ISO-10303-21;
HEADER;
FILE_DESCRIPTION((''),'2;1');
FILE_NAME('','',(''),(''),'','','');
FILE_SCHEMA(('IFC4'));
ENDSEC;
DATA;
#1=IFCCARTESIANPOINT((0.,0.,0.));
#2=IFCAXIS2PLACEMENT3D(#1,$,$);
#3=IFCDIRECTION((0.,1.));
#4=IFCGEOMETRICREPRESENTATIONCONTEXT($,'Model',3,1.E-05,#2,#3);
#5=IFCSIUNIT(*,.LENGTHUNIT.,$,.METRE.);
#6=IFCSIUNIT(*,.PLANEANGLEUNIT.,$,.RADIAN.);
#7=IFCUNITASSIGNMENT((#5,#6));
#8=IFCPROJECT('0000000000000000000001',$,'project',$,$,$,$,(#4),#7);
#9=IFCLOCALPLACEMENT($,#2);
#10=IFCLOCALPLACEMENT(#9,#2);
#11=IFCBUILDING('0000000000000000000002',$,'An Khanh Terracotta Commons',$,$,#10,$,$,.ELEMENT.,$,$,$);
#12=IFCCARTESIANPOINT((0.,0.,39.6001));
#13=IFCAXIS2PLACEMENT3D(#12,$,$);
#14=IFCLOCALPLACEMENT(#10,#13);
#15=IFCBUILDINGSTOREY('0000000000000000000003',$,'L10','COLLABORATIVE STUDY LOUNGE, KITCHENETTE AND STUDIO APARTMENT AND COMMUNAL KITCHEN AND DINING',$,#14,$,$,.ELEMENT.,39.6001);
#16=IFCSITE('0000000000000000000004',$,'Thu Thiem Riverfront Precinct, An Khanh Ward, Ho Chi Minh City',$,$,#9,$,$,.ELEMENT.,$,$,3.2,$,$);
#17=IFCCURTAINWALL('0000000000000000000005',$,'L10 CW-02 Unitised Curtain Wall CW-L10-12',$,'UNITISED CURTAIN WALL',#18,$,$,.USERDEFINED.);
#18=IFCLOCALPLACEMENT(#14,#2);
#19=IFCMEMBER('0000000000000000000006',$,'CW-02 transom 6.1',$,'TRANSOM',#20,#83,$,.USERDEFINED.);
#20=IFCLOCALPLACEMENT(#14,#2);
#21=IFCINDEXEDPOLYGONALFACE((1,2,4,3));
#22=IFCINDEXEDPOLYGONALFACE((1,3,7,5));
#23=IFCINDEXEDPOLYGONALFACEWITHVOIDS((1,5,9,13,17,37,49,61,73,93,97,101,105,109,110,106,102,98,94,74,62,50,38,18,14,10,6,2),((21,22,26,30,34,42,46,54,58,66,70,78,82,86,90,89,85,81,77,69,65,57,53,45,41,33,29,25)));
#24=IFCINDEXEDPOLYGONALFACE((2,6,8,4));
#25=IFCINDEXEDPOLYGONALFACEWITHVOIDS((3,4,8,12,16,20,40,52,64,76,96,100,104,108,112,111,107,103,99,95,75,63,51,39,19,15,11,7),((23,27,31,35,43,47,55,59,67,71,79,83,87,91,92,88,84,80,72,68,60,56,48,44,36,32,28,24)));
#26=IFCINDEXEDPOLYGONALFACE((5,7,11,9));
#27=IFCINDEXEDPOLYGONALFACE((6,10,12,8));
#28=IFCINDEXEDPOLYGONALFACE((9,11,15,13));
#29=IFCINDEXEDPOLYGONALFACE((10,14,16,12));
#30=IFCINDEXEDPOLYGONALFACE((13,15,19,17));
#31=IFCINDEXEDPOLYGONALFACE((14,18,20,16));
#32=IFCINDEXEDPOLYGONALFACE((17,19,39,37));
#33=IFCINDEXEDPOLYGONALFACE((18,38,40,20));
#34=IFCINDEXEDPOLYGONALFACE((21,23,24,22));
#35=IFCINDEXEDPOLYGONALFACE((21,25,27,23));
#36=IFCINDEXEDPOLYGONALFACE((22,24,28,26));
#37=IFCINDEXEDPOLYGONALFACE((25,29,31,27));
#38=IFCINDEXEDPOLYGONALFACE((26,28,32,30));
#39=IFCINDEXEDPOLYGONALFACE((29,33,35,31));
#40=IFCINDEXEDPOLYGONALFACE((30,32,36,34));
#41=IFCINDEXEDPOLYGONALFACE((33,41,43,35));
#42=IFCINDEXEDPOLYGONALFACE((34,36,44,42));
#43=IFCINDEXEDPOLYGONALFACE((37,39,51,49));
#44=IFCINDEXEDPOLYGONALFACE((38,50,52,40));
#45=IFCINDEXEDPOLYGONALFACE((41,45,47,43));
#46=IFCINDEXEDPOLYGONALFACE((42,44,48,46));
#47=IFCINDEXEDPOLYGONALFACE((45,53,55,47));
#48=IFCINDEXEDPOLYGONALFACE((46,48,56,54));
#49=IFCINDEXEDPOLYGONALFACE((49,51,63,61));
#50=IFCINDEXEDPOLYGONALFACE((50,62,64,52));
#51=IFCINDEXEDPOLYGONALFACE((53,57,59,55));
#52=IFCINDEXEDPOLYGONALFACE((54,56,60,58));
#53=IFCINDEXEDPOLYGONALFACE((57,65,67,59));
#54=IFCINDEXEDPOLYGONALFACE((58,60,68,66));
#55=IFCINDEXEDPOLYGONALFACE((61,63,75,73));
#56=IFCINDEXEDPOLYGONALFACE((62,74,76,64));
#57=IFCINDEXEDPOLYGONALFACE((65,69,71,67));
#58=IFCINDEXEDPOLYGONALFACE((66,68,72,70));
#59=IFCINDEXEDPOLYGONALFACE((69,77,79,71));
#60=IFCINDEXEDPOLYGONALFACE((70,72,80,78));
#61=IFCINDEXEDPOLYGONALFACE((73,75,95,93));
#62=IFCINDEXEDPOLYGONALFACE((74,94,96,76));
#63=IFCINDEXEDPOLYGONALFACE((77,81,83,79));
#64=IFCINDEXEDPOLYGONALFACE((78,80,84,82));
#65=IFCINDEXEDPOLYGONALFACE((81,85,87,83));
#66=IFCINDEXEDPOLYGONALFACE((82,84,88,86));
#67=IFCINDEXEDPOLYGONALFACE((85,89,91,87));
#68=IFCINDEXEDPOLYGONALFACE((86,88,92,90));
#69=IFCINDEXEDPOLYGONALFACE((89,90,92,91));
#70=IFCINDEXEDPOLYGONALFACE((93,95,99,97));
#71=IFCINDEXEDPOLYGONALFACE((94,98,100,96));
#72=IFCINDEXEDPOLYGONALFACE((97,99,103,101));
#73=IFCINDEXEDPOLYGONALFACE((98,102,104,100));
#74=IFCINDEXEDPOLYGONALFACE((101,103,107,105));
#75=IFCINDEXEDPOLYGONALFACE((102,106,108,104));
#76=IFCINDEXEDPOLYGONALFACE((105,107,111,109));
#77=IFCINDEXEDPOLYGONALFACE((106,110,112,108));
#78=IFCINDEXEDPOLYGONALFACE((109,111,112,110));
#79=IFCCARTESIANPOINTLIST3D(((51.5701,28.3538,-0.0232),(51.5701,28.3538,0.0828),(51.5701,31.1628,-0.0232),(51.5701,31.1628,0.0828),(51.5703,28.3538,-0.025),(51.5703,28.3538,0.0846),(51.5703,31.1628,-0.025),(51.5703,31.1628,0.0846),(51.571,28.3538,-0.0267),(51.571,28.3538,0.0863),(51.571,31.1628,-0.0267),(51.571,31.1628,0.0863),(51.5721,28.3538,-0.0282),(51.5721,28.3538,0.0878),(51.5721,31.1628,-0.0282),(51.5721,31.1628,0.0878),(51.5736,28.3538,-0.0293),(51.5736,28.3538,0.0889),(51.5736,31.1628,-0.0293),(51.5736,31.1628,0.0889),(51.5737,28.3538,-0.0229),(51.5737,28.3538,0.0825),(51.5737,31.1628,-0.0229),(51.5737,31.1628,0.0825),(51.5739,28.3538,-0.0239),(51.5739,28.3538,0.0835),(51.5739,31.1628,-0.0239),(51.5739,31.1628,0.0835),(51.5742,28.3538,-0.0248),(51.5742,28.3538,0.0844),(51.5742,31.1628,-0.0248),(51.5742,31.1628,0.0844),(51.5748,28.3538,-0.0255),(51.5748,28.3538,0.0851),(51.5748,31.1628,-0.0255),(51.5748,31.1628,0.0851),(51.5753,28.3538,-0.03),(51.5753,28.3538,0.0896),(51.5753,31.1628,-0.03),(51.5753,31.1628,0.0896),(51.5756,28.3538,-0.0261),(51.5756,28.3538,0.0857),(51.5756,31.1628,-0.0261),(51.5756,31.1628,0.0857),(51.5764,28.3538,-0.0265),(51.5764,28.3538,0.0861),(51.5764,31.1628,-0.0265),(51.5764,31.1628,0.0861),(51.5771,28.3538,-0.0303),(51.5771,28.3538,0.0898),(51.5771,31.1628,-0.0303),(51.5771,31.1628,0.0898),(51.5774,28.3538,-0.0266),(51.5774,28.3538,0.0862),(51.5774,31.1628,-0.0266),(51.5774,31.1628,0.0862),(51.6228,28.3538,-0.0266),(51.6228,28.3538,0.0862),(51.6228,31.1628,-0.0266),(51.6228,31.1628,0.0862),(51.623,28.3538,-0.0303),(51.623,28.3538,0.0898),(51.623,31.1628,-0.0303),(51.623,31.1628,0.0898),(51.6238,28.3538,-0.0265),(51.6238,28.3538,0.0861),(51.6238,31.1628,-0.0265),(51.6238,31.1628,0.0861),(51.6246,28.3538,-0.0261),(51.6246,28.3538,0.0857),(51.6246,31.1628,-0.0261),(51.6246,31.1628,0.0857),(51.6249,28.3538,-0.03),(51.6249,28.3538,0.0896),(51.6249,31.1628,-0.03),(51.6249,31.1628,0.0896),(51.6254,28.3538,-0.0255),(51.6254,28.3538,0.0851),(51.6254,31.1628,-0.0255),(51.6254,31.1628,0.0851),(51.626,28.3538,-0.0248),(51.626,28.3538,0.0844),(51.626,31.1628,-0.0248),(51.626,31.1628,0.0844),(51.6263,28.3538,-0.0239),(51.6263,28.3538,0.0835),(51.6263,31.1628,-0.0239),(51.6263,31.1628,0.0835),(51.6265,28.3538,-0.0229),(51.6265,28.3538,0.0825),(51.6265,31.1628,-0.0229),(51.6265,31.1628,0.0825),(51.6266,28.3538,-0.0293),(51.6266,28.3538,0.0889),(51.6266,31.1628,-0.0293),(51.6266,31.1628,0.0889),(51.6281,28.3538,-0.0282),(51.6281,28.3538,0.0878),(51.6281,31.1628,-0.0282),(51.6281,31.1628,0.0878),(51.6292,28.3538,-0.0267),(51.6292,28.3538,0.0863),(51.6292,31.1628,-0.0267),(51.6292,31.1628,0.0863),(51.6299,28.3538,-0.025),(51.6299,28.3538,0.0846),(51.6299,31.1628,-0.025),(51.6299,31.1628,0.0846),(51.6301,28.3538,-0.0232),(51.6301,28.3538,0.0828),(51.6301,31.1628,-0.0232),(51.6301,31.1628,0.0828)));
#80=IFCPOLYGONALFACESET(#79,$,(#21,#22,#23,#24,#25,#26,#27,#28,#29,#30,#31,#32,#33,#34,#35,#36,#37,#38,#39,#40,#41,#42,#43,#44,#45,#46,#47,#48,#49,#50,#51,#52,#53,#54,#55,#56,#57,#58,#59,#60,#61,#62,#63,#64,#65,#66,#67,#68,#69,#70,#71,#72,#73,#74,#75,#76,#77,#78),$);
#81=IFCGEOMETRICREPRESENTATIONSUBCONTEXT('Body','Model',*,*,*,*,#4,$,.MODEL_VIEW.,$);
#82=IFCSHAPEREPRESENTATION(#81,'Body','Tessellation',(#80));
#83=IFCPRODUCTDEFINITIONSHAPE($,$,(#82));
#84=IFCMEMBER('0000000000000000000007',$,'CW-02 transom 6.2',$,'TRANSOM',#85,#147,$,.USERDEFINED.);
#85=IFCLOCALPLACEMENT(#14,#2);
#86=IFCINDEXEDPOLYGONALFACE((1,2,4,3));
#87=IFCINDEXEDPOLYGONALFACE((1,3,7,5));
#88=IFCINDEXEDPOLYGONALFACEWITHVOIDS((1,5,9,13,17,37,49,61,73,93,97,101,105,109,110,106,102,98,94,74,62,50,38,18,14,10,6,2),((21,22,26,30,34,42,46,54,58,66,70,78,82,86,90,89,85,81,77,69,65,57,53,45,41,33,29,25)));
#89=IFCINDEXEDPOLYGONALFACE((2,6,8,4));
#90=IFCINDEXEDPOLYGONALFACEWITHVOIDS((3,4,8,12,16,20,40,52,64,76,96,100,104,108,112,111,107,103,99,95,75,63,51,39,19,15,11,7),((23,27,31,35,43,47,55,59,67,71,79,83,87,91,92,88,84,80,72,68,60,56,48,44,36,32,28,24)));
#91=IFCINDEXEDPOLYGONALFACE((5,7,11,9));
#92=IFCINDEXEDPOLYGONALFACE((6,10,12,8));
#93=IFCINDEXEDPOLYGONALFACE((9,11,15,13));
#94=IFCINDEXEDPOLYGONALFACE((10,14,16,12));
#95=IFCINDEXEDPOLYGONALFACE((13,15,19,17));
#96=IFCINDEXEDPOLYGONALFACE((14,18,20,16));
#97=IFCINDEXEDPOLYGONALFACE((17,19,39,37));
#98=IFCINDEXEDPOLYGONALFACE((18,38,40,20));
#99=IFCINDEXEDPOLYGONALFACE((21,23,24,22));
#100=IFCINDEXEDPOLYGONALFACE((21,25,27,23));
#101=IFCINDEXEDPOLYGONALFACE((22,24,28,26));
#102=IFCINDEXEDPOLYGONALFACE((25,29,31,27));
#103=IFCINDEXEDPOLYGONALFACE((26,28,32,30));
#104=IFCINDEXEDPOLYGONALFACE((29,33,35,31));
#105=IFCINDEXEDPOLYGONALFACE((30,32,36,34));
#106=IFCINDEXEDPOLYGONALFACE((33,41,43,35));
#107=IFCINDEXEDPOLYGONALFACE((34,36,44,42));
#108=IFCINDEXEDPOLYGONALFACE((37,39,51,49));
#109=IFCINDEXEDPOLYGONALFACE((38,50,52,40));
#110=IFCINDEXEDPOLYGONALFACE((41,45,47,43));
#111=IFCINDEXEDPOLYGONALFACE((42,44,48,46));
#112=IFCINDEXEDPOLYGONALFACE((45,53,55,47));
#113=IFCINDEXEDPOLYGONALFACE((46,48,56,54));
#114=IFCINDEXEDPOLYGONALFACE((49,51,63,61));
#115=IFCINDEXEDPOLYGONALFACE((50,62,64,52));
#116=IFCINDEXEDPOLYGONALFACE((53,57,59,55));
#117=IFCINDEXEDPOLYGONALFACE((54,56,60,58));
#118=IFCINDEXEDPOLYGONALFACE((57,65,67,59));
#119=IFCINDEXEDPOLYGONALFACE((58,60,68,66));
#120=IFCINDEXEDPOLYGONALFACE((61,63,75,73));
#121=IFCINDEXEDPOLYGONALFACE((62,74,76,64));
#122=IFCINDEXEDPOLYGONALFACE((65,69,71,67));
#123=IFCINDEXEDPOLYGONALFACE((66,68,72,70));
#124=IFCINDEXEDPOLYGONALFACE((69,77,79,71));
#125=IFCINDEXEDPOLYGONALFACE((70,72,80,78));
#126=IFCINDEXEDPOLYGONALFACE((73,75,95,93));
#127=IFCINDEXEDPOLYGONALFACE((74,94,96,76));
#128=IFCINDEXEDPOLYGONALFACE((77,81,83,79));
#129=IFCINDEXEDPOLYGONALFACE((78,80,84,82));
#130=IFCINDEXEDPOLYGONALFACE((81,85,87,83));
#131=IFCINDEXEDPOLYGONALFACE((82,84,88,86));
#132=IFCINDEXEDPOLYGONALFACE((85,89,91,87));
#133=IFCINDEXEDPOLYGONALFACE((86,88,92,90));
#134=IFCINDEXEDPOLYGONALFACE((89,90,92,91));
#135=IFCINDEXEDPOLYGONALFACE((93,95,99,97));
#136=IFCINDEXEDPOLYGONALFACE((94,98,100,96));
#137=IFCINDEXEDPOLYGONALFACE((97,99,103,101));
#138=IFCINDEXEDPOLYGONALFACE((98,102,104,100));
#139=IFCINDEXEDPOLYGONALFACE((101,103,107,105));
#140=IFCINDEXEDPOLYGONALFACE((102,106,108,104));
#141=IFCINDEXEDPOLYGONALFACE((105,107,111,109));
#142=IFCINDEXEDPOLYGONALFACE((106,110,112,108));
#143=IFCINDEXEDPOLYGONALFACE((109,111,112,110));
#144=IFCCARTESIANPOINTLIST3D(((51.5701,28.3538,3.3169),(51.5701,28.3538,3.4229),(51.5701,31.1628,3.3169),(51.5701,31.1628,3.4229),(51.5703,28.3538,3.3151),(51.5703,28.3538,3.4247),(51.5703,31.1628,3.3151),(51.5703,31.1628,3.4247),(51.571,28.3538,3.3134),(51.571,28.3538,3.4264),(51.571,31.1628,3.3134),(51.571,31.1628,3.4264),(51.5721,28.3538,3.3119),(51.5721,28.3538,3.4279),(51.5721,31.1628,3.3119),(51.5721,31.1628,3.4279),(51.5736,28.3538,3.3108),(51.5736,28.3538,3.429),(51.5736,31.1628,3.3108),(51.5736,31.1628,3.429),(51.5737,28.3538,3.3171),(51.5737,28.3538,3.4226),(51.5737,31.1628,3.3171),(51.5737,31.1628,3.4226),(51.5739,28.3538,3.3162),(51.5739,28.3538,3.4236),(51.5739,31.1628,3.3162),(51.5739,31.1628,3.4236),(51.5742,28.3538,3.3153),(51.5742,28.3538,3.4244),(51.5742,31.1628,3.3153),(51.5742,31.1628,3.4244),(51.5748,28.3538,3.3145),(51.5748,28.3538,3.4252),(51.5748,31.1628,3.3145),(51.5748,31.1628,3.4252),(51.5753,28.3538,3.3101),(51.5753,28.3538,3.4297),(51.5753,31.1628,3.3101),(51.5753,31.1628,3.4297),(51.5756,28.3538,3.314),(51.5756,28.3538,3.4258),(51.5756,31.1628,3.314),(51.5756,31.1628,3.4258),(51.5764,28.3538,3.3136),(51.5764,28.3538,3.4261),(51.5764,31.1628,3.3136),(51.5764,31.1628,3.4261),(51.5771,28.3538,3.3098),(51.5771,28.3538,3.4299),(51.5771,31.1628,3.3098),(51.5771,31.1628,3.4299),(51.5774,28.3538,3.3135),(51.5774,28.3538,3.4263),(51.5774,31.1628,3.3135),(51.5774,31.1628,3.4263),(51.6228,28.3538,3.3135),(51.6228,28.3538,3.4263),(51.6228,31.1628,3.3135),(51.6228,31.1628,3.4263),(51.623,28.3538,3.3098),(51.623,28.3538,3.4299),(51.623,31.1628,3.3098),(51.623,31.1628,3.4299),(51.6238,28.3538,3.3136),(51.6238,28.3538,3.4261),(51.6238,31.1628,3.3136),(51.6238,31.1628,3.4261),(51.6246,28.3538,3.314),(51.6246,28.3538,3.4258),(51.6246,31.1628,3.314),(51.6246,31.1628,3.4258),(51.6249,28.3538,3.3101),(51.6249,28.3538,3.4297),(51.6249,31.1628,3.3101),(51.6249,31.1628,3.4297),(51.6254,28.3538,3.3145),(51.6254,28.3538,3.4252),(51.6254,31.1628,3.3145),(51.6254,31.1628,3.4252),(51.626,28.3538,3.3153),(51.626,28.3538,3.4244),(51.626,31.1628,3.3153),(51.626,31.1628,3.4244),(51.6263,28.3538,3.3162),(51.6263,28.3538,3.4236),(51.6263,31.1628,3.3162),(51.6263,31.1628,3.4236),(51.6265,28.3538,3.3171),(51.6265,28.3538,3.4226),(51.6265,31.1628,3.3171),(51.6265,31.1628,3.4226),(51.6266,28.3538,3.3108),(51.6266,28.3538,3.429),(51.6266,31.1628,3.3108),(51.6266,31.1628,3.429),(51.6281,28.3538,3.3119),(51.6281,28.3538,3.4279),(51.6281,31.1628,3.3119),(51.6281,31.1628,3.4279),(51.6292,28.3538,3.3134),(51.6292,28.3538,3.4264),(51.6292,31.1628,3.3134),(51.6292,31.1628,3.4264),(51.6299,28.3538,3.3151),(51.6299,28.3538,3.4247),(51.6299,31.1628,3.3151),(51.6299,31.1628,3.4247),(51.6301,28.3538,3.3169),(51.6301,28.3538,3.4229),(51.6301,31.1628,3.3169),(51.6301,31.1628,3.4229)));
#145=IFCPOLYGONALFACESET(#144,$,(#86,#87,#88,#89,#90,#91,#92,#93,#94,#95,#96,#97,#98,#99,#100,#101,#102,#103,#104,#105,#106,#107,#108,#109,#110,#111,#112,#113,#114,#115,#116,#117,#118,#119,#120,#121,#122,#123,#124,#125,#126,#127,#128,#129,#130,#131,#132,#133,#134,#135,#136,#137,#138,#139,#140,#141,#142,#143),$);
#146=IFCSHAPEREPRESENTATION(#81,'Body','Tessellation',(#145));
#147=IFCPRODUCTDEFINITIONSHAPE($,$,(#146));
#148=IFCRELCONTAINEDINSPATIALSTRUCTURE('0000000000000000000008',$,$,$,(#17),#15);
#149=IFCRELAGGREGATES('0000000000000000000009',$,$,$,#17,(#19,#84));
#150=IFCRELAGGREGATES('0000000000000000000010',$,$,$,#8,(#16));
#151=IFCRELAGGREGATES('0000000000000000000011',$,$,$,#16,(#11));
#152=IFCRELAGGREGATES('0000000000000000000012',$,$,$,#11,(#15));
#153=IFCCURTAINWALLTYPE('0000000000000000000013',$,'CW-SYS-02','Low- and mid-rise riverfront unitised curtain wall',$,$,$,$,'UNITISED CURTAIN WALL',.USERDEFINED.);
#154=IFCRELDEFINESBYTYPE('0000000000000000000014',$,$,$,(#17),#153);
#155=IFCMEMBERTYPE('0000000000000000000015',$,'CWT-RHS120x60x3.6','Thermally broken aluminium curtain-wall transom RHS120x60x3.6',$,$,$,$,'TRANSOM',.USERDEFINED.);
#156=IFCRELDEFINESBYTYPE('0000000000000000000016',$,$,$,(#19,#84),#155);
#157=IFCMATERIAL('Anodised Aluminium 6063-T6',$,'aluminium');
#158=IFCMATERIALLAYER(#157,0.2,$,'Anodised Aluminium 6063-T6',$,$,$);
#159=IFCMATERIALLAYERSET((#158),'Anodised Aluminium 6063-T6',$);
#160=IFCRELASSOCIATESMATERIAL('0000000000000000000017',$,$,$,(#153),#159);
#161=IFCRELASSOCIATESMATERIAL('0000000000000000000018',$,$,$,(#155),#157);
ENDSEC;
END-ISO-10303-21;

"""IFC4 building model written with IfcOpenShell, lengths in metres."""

from ifc_helpers import new_model, si_unit, direction, frame, origin, origin_2d, place, context, subcontext, project, spatial, hollow_rectangle, extrude, material, layer, layer_set, material_profile, profile_set, type_object, element, aggregate, save


model = new_model("IFC4")

# Units and contexts
model_context = context("Model", 3, precision=1e-05, world=origin(), true_north=direction((0.0, 1.0)))
body_context = subcontext(model_context, "Body", "Model", "MODEL_VIEW")
ifc_project = project(units=[si_unit("LENGTHUNIT", "METRE"), si_unit("PLANEANGLEUNIT", "RADIAN")], contexts=[model_context])

# Site, building, storey
site_placement = place(None, origin())
site = spatial("IfcSite", under=ifc_project, at=site_placement, Name="Thu Thiem Riverfront Precinct, An Khanh Ward, Ho Chi Minh City", CompositionType="ELEMENT", RefElevation=3.2)
building_placement = place(site_placement, origin())
building = spatial("IfcBuilding", under=site, at=building_placement, Name="An Khanh Terracotta Commons", CompositionType="ELEMENT")
storey_placement = place(building_placement, frame((0.0, 0.0, 39.6001)))
storey = spatial("IfcBuildingStorey", under=building, at=storey_placement, Name="L10", Description="COLLABORATIVE STUDY LOUNGE, KITCHENETTE AND STUDIO APARTMENT AND COMMUNAL KITCHEN AND DINING", CompositionType="ELEMENT", Elevation=39.6001)

# Curtain wall, members
ifc_material_1 = material(Name="Anodised Aluminium 6063-T6", Category="aluminium")
ifc_layer_1 = layer(ifc_material_1, 0.2, Name="Anodised Aluminium 6063-T6")
ifc_layer_set_1 = layer_set([ifc_layer_1], Name="Anodised Aluminium 6063-T6")
curtain_wall_type = type_object("IfcCurtainWallType", Name="CW-SYS-02", Description="Low- and mid-rise riverfront unitised curtain wall", ElementType="UNITISED CURTAIN WALL", PredefinedType="USERDEFINED", material=ifc_layer_set_1)
curtain_wall_placement = place(storey_placement, origin())
curtain_wall = element("IfcCurtainWall", 1, at=curtain_wall_placement, inside=storey, type_object=curtain_wall_type, Name="L10 CW-02 Unitised Curtain Wall CW-L10-12", ObjectType="UNITISED CURTAIN WALL", PredefinedType="USERDEFINED")
ifc_material_profile_1 = material_profile(ifc_material_1, hollow_rectangle(XDim=0.0601, YDim=0.1201, WallThickness=0.0037, InnerFilletRadius=0.0037, OuterFilletRadius=0.0071, at=origin_2d()), Name="RHS120x60x3.6")
ifc_profile_set_1 = profile_set([ifc_material_profile_1], Name="Anodised Aluminium 6063-T6")
member_type_1 = type_object("IfcMemberType", Name="CWT-RHS120x60x3.6", Description="Thermally broken aluminium curtain-wall transom RHS120x60x3.6", ElementType="TRANSOM", PredefinedType="USERDEFINED", material=ifc_profile_set_1)
member_1_placement = place(storey_placement, frame((51.6001, 28.3538, 0.0298), z_axis=(0.0, 1.0, 0.0), x_axis=(-1.0, 0.0, 0.0)))
member_1 = element("IfcMember", 2, at=member_1_placement, type_object=member_type_1, Name="CW-02 transom 6.1", ObjectType="TRANSOM", PredefinedType="USERDEFINED", context=body_context, shape_type="SweptSolid", body=[
    extrude(hollow_rectangle(XDim=0.0601, YDim=0.1201, WallThickness=0.0037, InnerFilletRadius=0.0037, OuterFilletRadius=0.0071, at=origin_2d()), origin(), (0.0, 0.0, 1.0), 2.8091),
])
member_2_placement = place(storey_placement, frame((51.6001, 28.3538, 3.3699), z_axis=(0.0, 1.0, 0.0), x_axis=(-1.0, 0.0, 0.0)))
member_2 = element("IfcMember", 3, at=member_2_placement, type_object=member_type_1, Name="CW-02 transom 6.2", ObjectType="TRANSOM", PredefinedType="USERDEFINED", context=body_context, shape_type="SweptSolid", body=[
    extrude(hollow_rectangle(XDim=0.0601, YDim=0.1201, WallThickness=0.0037, InnerFilletRadius=0.0037, OuterFilletRadius=0.0071, at=origin_2d()), origin(), (0.0, 0.0, 1.0), 2.8091),
])
aggregate(curtain_wall, [member_1, member_2])

save(model, "model.ifc")
